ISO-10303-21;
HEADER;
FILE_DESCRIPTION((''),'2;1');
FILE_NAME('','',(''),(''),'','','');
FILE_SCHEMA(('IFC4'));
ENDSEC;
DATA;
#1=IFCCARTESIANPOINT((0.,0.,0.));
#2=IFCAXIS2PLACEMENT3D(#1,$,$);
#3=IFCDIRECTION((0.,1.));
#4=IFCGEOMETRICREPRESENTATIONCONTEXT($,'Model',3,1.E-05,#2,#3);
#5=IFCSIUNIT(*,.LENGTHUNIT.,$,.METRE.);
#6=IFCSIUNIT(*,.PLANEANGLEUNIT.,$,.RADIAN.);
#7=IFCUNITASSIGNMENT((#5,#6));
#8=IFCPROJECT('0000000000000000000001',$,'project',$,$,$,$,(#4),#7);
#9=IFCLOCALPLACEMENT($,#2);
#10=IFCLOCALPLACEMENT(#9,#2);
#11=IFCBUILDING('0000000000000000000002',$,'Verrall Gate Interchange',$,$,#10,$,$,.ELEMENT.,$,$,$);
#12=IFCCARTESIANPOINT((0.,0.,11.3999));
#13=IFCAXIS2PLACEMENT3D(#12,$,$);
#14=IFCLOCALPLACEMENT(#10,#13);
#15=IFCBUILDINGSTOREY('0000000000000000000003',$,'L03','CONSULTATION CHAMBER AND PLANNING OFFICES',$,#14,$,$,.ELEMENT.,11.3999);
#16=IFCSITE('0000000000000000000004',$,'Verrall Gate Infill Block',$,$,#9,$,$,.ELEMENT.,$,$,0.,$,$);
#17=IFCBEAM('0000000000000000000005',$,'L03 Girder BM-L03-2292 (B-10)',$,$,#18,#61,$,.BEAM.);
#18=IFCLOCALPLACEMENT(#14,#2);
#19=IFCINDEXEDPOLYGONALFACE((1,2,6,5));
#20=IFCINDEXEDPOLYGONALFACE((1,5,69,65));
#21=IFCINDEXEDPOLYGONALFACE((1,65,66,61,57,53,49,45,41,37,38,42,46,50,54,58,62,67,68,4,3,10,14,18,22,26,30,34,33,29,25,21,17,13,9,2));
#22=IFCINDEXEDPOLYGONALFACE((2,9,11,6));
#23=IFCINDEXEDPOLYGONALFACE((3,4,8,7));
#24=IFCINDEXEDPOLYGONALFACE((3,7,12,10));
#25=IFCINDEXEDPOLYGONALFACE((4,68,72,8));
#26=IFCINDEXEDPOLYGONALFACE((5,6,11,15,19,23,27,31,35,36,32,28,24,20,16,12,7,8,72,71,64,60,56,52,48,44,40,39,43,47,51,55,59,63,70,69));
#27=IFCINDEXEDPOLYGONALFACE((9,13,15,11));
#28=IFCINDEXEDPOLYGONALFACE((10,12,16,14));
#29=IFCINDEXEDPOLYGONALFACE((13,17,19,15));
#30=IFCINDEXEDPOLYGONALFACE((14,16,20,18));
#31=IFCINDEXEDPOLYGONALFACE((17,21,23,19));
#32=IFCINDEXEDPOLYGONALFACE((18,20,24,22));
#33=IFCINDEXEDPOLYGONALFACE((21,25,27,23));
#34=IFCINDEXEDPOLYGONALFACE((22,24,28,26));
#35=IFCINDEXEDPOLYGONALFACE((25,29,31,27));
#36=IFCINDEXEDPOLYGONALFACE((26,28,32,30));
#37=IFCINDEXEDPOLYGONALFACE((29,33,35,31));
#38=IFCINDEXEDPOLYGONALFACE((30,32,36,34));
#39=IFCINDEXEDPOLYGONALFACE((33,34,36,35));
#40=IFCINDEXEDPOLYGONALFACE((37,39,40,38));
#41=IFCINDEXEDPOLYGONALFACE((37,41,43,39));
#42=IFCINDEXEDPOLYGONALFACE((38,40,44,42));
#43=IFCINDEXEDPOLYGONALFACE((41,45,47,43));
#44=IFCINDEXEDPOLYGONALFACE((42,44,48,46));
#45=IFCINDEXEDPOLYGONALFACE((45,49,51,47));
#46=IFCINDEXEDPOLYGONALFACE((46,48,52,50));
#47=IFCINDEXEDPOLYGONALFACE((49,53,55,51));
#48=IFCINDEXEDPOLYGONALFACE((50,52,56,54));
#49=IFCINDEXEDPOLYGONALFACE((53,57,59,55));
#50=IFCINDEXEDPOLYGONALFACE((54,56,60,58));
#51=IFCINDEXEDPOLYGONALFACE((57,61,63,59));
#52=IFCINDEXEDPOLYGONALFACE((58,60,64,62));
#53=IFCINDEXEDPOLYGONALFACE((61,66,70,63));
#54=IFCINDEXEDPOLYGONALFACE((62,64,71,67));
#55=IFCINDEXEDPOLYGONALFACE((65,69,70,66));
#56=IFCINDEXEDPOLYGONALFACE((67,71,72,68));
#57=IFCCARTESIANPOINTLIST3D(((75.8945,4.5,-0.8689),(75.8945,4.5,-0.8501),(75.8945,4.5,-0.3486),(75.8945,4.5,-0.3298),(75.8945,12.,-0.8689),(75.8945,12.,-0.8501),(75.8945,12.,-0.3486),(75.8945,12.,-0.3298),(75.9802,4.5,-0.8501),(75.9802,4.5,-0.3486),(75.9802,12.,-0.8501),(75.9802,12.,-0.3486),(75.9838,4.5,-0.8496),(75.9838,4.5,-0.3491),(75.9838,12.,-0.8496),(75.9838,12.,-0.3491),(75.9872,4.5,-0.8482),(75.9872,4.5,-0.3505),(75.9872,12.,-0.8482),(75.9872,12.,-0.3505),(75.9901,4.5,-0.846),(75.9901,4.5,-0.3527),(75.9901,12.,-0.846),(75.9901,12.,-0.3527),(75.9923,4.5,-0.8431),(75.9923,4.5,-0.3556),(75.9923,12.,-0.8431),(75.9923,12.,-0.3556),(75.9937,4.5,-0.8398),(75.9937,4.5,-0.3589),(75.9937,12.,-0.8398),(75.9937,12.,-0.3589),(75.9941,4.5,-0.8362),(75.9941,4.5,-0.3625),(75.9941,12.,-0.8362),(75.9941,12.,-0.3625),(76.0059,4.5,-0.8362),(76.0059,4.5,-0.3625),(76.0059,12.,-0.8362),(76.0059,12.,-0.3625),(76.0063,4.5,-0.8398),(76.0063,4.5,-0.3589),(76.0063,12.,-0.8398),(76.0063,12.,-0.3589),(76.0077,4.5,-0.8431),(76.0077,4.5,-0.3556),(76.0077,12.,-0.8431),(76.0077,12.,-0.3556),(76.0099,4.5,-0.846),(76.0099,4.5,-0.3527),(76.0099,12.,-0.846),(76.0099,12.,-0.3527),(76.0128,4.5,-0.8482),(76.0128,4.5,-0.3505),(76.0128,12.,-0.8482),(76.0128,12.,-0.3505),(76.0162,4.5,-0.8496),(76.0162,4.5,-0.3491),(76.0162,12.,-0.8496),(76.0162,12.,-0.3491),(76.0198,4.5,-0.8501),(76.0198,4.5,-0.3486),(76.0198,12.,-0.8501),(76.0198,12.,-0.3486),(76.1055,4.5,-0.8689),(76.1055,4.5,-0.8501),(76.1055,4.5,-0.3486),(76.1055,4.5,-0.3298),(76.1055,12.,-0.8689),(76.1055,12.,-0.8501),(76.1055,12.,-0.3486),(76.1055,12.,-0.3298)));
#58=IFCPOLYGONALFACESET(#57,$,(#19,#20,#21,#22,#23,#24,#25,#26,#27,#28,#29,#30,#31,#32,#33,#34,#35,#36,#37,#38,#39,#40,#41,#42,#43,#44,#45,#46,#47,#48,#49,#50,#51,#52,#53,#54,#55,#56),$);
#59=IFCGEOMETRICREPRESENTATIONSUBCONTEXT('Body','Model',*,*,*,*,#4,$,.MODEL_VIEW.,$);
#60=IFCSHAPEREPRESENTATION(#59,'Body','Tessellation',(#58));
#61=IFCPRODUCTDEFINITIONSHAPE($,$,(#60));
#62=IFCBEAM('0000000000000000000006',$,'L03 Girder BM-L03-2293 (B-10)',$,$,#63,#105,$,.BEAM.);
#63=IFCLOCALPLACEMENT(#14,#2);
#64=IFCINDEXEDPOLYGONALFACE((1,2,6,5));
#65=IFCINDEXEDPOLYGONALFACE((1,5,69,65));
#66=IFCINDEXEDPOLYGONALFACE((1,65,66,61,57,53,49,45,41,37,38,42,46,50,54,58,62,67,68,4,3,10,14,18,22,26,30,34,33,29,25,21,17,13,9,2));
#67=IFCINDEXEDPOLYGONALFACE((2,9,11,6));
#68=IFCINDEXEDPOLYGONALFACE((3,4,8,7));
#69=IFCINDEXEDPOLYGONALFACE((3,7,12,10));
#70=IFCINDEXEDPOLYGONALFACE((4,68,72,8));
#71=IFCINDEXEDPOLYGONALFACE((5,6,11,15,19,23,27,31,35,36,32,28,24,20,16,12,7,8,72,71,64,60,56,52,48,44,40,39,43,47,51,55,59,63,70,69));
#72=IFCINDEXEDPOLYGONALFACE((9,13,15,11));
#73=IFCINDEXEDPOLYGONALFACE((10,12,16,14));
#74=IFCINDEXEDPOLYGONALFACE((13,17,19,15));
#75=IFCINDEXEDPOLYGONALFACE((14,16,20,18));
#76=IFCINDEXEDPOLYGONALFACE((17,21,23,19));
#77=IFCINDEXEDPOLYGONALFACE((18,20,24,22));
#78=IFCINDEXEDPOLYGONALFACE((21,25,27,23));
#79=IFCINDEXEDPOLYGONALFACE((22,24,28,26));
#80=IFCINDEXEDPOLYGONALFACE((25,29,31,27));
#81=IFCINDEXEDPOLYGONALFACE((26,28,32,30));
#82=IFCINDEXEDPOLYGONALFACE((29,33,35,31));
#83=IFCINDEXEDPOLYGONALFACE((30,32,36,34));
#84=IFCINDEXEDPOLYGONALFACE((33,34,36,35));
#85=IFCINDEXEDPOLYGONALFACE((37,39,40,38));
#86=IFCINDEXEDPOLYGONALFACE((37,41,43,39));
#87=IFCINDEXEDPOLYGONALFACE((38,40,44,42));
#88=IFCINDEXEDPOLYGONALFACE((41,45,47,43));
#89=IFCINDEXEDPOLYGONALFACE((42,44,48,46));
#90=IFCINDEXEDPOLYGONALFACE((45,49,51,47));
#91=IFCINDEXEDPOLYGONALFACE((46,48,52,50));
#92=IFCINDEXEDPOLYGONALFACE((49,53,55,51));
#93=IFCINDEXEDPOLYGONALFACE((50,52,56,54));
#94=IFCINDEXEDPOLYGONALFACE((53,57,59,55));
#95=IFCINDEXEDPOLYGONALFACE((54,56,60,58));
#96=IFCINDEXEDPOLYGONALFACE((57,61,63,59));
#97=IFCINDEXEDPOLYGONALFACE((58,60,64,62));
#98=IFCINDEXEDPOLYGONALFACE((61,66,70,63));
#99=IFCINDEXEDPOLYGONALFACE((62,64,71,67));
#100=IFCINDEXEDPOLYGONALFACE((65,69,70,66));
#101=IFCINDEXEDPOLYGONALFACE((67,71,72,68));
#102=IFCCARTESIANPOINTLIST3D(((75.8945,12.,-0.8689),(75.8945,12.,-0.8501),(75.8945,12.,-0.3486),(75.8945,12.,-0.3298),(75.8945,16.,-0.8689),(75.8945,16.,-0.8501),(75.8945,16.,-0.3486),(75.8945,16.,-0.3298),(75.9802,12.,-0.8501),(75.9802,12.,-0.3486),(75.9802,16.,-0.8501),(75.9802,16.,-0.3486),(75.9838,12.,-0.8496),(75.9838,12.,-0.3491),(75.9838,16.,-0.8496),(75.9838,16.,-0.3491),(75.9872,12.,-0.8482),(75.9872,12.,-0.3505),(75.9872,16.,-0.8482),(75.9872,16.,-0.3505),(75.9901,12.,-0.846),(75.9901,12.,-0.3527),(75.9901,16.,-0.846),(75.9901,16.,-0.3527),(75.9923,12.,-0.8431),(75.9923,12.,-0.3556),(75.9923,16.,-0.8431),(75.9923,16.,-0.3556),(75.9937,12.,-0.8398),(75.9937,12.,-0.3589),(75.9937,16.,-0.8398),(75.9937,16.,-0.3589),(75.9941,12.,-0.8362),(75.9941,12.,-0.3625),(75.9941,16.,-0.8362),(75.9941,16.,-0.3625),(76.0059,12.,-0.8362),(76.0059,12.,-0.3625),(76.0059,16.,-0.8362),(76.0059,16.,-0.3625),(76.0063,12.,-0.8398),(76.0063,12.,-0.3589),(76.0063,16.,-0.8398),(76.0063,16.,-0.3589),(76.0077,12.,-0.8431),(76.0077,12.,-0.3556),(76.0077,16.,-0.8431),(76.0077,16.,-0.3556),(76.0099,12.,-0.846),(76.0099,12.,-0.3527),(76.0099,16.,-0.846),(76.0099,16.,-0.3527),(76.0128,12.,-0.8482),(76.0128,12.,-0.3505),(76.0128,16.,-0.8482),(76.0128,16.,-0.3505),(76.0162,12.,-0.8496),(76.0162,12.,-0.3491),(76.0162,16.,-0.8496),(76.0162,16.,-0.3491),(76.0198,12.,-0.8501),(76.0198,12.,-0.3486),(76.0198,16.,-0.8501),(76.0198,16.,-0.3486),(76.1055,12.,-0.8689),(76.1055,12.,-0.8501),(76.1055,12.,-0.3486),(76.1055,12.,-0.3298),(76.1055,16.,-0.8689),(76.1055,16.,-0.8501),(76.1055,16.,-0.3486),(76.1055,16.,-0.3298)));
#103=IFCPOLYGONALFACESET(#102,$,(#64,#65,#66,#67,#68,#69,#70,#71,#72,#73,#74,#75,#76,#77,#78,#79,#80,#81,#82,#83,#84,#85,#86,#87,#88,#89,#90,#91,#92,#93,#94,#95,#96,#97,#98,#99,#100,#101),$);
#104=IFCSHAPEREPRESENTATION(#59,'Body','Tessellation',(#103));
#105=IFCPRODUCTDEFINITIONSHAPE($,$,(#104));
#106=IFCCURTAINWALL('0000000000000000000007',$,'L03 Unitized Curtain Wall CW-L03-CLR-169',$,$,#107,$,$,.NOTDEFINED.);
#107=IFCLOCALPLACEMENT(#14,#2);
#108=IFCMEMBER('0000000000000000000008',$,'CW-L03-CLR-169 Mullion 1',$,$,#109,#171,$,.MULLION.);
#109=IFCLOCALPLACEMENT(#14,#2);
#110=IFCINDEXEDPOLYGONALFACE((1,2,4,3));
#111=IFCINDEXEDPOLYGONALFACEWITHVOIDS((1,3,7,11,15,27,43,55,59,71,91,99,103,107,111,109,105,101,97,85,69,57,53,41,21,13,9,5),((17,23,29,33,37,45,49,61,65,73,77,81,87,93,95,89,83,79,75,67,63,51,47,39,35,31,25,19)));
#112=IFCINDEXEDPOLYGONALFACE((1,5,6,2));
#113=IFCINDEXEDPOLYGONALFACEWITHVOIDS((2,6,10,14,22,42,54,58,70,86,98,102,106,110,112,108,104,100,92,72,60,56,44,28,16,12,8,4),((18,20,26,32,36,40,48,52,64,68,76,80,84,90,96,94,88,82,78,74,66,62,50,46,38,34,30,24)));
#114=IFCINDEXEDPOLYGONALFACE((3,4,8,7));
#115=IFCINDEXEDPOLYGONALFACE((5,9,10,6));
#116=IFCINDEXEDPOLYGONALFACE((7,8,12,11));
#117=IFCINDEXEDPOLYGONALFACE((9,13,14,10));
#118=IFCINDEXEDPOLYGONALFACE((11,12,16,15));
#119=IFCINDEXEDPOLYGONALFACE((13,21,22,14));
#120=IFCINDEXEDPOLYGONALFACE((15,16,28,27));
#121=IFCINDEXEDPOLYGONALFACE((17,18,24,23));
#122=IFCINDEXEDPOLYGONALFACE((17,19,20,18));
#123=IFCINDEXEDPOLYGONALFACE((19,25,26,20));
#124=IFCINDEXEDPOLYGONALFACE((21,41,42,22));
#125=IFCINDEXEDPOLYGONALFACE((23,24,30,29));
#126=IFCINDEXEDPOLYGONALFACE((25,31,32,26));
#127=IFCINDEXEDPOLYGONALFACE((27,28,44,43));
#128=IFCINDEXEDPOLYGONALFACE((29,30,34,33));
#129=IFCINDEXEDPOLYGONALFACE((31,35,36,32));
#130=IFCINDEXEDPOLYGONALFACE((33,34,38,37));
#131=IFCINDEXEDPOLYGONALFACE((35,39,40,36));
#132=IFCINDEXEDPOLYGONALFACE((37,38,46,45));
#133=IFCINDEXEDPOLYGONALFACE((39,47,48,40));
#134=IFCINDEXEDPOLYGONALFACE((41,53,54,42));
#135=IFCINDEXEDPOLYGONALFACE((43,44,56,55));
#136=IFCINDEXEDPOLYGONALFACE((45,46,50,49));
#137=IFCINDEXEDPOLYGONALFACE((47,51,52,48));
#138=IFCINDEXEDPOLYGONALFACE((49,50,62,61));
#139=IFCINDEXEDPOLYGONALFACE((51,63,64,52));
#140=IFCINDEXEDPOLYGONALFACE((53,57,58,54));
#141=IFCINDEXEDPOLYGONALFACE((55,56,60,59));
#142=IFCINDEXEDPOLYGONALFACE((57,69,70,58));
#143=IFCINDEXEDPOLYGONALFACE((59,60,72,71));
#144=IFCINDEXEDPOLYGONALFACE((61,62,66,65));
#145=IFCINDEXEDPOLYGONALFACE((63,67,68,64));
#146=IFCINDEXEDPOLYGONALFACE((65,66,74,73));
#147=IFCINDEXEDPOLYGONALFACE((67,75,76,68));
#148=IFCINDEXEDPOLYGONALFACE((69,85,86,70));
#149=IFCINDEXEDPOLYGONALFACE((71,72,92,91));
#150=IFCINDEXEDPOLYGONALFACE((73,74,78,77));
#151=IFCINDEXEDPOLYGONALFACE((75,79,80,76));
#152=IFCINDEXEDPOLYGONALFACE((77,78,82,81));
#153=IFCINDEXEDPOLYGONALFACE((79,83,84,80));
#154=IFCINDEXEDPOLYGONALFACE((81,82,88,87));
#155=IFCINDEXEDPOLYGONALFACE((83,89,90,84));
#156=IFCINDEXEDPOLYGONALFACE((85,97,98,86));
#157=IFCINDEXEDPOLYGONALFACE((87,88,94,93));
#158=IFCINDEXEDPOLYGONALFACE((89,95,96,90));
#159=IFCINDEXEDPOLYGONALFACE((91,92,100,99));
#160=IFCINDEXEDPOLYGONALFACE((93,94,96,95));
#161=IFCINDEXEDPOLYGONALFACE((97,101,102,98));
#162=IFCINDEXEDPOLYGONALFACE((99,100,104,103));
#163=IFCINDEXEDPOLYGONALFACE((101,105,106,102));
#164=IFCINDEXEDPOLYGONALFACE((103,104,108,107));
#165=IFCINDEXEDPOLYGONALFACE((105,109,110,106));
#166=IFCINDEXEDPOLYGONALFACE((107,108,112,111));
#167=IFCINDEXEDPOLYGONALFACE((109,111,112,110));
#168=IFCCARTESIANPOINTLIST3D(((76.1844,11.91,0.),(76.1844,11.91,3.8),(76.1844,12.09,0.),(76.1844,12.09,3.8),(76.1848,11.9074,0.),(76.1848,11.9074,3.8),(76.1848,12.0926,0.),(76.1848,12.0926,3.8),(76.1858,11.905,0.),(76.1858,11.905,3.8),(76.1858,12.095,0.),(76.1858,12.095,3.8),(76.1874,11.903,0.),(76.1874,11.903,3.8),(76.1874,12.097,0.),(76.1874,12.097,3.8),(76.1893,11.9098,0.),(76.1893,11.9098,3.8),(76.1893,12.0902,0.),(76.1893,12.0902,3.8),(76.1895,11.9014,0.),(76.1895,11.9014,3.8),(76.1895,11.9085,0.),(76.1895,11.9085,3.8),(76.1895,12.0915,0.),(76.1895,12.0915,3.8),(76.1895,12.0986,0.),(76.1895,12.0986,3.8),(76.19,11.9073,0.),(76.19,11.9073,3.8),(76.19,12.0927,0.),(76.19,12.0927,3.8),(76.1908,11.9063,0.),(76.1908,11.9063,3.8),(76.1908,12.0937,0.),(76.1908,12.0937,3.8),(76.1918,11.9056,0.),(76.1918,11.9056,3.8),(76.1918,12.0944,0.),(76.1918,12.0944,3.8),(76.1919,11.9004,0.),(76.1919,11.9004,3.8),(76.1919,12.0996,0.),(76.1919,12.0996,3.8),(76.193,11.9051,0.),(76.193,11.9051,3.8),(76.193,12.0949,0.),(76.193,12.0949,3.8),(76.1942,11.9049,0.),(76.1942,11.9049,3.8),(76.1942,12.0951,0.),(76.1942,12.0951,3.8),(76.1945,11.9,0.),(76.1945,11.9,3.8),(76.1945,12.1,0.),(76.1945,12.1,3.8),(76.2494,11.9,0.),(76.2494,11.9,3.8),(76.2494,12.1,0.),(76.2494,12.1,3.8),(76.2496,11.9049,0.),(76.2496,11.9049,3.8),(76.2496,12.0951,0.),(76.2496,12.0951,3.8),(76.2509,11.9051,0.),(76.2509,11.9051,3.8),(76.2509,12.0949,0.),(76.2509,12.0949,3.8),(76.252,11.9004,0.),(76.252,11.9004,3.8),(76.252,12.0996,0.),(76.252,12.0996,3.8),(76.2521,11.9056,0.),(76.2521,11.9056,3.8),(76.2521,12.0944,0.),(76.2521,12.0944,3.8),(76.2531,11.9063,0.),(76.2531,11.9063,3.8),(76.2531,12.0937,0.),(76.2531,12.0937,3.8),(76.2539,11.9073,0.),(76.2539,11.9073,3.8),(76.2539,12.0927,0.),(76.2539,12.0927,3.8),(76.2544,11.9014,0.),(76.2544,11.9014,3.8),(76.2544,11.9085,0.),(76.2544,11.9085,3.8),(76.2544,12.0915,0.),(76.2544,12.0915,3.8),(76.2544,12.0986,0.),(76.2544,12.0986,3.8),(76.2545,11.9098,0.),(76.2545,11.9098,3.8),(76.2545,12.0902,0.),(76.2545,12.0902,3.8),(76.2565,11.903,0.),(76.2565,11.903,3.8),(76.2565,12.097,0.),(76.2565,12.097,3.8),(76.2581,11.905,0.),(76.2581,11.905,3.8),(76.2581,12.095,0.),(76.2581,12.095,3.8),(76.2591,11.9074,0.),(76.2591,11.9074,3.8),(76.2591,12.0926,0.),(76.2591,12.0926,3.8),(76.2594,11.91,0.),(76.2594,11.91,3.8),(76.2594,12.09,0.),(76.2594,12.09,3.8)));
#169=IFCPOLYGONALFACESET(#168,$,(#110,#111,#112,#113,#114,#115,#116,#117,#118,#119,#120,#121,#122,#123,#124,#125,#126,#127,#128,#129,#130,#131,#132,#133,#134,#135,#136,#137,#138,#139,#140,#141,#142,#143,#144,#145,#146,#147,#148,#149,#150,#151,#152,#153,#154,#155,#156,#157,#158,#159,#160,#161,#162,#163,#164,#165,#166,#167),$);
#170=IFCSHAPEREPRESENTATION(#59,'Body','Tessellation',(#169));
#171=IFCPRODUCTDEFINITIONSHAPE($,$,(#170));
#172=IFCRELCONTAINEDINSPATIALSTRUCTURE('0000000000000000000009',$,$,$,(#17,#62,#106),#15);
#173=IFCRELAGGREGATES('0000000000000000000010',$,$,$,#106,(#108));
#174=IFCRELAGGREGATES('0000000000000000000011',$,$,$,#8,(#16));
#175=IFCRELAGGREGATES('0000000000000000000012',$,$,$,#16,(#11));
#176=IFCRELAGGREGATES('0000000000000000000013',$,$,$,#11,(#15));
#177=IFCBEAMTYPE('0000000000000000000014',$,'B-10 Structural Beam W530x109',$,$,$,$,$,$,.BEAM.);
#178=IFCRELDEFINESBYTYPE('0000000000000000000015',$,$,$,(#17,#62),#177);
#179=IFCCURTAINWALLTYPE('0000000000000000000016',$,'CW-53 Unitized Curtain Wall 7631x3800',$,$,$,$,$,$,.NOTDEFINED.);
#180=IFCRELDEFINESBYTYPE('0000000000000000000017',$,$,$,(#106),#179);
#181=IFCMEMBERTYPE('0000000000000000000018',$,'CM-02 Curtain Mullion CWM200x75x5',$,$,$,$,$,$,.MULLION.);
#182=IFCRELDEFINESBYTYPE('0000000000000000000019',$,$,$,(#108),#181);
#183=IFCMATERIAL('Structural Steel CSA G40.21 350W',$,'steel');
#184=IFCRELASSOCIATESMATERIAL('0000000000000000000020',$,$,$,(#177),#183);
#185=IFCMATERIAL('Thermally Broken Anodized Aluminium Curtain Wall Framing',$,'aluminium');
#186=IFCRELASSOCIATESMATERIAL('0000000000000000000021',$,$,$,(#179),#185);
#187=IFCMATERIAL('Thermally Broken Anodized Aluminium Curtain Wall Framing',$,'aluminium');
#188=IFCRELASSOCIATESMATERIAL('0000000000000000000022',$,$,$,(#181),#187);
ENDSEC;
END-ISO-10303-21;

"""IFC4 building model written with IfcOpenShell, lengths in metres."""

from ifc_helpers import new_model, si_unit, direction, frame, origin, origin_2d, place, context, subcontext, project, spatial, hollow_rectangle, i_section, extrude, material, material_profile, profile_set, type_object, element, aggregate, save


model = new_model("IFC4")

# Units and contexts
model_context = context("Model", 3, precision=1e-05, world=origin(), true_north=direction((0.0, 1.0)))
body_context = subcontext(model_context, "Body", "Model", "MODEL_VIEW")
ifc_project = project(units=[si_unit("LENGTHUNIT", "METRE"), si_unit("PLANEANGLEUNIT", "RADIAN")], contexts=[model_context])

# Site, building, storey
site_placement = place(None, origin())
site = spatial("IfcSite", under=ifc_project, at=site_placement, Name="Verrall Gate Infill Block", CompositionType="ELEMENT", RefElevation=0.0)
building_placement = place(site_placement, origin())
building = spatial("IfcBuilding", under=site, at=building_placement, Name="Verrall Gate Interchange", CompositionType="ELEMENT")
storey_placement = place(building_placement, frame((0.0, 0.0, 11.3999)))
storey = spatial("IfcBuildingStorey", under=building, at=storey_placement, Name="L03", Description="CONSULTATION CHAMBER AND PLANNING OFFICES", CompositionType="ELEMENT", Elevation=11.3999)

# Beams
ifc_material_1 = material(Name="Structural Steel CSA G40.21 350W", Category="steel")
ifc_material_profile_1 = material_profile(ifc_material_1, i_section(OverallWidth=0.2109, OverallDepth=0.5391, WebThickness=0.0117, FlangeThickness=0.0188, FilletRadius=0.0139, at=origin_2d()), Name="W530x109")
ifc_profile_set_1 = profile_set([ifc_material_profile_1], Name="Structural Steel CSA G40.21 350W")
beam_type_1 = type_object("IfcBeamType", Name="B-10 Structural Beam W530x109", PredefinedType="BEAM", material=ifc_profile_set_1)
beam_1_placement = place(storey_placement, frame((76.0, 4.5, -0.5994), z_axis=(0.0, 1.0, 0.0), x_axis=(-1.0, 0.0, 0.0)))
element("IfcBeam", 1, at=beam_1_placement, inside=storey, type_object=beam_type_1, Name="L03 Girder BM-L03-2292 (B-10)", PredefinedType="BEAM", context=body_context, shape_type="SweptSolid", body=[
    extrude(i_section(OverallWidth=0.2109, OverallDepth=0.5391, WebThickness=0.0117, FlangeThickness=0.0188, FilletRadius=0.0139, at=origin_2d()), origin(), (0.0, 0.0, 1.0), 7.5),
])
beam_2_placement = place(storey_placement, frame((76.0, 12.0, -0.5994), z_axis=(0.0, 1.0, 0.0), x_axis=(-1.0, 0.0, 0.0)))
element("IfcBeam", 2, at=beam_2_placement, inside=storey, type_object=beam_type_1, Name="L03 Girder BM-L03-2293 (B-10)", PredefinedType="BEAM", context=body_context, shape_type="SweptSolid", body=[
    extrude(i_section(OverallWidth=0.2109, OverallDepth=0.5391, WebThickness=0.0117, FlangeThickness=0.0188, FilletRadius=0.0139, at=origin_2d()), origin(), (0.0, 0.0, 1.0), 4.0),
])

# Curtain wall, member
ifc_material_2 = material(Name="Thermally Broken Anodized Aluminium Curtain Wall Framing", Category="aluminium")
curtain_wall_type = type_object("IfcCurtainWallType", Name="CW-53 Unitized Curtain Wall 7631x3800", PredefinedType="NOTDEFINED", material=ifc_material_2)
curtain_wall_placement = place(storey_placement, origin())
curtain_wall = element("IfcCurtainWall", 3, at=curtain_wall_placement, inside=storey, type_object=curtain_wall_type, Name="L03 Unitized Curtain Wall CW-L03-CLR-169", PredefinedType="NOTDEFINED")
ifc_material_3 = material(Name="Thermally Broken Anodized Aluminium Curtain Wall Framing", Category="aluminium")
ifc_material_profile_2 = material_profile(ifc_material_3, hollow_rectangle(XDim=0.075, YDim=0.2, WallThickness=0.0049, InnerFilletRadius=0.0049, OuterFilletRadius=0.01, at=origin_2d()), Name="CWM200x75x5")
ifc_profile_set_2 = profile_set([ifc_material_profile_2], Name="Thermally Broken Anodized Aluminium Curtain Wall Framing")
member_type_1 = type_object("IfcMemberType", Name="CM-02 Curtain Mullion CWM200x75x5", PredefinedType="MULLION", material=ifc_profile_set_2)
member_1_placement = place(storey_placement, frame((76.2219, 12.0, 0.0), z_axis=(0.0, 0.0, 1.0), x_axis=(1.0, 0.0, 0.0)))
member_1 = element("IfcMember", 4, at=member_1_placement, type_object=member_type_1, Name="CW-L03-CLR-169 Mullion 1", PredefinedType="MULLION", context=body_context, shape_type="SweptSolid", body=[
    extrude(hollow_rectangle(XDim=0.075, YDim=0.2, WallThickness=0.0049, InnerFilletRadius=0.0049, OuterFilletRadius=0.01, at=origin_2d()), origin(), (0.0, 0.0, 1.0), 3.8),
])

aggregate(curtain_wall, [member_1])

save(model, "model.ifc")
